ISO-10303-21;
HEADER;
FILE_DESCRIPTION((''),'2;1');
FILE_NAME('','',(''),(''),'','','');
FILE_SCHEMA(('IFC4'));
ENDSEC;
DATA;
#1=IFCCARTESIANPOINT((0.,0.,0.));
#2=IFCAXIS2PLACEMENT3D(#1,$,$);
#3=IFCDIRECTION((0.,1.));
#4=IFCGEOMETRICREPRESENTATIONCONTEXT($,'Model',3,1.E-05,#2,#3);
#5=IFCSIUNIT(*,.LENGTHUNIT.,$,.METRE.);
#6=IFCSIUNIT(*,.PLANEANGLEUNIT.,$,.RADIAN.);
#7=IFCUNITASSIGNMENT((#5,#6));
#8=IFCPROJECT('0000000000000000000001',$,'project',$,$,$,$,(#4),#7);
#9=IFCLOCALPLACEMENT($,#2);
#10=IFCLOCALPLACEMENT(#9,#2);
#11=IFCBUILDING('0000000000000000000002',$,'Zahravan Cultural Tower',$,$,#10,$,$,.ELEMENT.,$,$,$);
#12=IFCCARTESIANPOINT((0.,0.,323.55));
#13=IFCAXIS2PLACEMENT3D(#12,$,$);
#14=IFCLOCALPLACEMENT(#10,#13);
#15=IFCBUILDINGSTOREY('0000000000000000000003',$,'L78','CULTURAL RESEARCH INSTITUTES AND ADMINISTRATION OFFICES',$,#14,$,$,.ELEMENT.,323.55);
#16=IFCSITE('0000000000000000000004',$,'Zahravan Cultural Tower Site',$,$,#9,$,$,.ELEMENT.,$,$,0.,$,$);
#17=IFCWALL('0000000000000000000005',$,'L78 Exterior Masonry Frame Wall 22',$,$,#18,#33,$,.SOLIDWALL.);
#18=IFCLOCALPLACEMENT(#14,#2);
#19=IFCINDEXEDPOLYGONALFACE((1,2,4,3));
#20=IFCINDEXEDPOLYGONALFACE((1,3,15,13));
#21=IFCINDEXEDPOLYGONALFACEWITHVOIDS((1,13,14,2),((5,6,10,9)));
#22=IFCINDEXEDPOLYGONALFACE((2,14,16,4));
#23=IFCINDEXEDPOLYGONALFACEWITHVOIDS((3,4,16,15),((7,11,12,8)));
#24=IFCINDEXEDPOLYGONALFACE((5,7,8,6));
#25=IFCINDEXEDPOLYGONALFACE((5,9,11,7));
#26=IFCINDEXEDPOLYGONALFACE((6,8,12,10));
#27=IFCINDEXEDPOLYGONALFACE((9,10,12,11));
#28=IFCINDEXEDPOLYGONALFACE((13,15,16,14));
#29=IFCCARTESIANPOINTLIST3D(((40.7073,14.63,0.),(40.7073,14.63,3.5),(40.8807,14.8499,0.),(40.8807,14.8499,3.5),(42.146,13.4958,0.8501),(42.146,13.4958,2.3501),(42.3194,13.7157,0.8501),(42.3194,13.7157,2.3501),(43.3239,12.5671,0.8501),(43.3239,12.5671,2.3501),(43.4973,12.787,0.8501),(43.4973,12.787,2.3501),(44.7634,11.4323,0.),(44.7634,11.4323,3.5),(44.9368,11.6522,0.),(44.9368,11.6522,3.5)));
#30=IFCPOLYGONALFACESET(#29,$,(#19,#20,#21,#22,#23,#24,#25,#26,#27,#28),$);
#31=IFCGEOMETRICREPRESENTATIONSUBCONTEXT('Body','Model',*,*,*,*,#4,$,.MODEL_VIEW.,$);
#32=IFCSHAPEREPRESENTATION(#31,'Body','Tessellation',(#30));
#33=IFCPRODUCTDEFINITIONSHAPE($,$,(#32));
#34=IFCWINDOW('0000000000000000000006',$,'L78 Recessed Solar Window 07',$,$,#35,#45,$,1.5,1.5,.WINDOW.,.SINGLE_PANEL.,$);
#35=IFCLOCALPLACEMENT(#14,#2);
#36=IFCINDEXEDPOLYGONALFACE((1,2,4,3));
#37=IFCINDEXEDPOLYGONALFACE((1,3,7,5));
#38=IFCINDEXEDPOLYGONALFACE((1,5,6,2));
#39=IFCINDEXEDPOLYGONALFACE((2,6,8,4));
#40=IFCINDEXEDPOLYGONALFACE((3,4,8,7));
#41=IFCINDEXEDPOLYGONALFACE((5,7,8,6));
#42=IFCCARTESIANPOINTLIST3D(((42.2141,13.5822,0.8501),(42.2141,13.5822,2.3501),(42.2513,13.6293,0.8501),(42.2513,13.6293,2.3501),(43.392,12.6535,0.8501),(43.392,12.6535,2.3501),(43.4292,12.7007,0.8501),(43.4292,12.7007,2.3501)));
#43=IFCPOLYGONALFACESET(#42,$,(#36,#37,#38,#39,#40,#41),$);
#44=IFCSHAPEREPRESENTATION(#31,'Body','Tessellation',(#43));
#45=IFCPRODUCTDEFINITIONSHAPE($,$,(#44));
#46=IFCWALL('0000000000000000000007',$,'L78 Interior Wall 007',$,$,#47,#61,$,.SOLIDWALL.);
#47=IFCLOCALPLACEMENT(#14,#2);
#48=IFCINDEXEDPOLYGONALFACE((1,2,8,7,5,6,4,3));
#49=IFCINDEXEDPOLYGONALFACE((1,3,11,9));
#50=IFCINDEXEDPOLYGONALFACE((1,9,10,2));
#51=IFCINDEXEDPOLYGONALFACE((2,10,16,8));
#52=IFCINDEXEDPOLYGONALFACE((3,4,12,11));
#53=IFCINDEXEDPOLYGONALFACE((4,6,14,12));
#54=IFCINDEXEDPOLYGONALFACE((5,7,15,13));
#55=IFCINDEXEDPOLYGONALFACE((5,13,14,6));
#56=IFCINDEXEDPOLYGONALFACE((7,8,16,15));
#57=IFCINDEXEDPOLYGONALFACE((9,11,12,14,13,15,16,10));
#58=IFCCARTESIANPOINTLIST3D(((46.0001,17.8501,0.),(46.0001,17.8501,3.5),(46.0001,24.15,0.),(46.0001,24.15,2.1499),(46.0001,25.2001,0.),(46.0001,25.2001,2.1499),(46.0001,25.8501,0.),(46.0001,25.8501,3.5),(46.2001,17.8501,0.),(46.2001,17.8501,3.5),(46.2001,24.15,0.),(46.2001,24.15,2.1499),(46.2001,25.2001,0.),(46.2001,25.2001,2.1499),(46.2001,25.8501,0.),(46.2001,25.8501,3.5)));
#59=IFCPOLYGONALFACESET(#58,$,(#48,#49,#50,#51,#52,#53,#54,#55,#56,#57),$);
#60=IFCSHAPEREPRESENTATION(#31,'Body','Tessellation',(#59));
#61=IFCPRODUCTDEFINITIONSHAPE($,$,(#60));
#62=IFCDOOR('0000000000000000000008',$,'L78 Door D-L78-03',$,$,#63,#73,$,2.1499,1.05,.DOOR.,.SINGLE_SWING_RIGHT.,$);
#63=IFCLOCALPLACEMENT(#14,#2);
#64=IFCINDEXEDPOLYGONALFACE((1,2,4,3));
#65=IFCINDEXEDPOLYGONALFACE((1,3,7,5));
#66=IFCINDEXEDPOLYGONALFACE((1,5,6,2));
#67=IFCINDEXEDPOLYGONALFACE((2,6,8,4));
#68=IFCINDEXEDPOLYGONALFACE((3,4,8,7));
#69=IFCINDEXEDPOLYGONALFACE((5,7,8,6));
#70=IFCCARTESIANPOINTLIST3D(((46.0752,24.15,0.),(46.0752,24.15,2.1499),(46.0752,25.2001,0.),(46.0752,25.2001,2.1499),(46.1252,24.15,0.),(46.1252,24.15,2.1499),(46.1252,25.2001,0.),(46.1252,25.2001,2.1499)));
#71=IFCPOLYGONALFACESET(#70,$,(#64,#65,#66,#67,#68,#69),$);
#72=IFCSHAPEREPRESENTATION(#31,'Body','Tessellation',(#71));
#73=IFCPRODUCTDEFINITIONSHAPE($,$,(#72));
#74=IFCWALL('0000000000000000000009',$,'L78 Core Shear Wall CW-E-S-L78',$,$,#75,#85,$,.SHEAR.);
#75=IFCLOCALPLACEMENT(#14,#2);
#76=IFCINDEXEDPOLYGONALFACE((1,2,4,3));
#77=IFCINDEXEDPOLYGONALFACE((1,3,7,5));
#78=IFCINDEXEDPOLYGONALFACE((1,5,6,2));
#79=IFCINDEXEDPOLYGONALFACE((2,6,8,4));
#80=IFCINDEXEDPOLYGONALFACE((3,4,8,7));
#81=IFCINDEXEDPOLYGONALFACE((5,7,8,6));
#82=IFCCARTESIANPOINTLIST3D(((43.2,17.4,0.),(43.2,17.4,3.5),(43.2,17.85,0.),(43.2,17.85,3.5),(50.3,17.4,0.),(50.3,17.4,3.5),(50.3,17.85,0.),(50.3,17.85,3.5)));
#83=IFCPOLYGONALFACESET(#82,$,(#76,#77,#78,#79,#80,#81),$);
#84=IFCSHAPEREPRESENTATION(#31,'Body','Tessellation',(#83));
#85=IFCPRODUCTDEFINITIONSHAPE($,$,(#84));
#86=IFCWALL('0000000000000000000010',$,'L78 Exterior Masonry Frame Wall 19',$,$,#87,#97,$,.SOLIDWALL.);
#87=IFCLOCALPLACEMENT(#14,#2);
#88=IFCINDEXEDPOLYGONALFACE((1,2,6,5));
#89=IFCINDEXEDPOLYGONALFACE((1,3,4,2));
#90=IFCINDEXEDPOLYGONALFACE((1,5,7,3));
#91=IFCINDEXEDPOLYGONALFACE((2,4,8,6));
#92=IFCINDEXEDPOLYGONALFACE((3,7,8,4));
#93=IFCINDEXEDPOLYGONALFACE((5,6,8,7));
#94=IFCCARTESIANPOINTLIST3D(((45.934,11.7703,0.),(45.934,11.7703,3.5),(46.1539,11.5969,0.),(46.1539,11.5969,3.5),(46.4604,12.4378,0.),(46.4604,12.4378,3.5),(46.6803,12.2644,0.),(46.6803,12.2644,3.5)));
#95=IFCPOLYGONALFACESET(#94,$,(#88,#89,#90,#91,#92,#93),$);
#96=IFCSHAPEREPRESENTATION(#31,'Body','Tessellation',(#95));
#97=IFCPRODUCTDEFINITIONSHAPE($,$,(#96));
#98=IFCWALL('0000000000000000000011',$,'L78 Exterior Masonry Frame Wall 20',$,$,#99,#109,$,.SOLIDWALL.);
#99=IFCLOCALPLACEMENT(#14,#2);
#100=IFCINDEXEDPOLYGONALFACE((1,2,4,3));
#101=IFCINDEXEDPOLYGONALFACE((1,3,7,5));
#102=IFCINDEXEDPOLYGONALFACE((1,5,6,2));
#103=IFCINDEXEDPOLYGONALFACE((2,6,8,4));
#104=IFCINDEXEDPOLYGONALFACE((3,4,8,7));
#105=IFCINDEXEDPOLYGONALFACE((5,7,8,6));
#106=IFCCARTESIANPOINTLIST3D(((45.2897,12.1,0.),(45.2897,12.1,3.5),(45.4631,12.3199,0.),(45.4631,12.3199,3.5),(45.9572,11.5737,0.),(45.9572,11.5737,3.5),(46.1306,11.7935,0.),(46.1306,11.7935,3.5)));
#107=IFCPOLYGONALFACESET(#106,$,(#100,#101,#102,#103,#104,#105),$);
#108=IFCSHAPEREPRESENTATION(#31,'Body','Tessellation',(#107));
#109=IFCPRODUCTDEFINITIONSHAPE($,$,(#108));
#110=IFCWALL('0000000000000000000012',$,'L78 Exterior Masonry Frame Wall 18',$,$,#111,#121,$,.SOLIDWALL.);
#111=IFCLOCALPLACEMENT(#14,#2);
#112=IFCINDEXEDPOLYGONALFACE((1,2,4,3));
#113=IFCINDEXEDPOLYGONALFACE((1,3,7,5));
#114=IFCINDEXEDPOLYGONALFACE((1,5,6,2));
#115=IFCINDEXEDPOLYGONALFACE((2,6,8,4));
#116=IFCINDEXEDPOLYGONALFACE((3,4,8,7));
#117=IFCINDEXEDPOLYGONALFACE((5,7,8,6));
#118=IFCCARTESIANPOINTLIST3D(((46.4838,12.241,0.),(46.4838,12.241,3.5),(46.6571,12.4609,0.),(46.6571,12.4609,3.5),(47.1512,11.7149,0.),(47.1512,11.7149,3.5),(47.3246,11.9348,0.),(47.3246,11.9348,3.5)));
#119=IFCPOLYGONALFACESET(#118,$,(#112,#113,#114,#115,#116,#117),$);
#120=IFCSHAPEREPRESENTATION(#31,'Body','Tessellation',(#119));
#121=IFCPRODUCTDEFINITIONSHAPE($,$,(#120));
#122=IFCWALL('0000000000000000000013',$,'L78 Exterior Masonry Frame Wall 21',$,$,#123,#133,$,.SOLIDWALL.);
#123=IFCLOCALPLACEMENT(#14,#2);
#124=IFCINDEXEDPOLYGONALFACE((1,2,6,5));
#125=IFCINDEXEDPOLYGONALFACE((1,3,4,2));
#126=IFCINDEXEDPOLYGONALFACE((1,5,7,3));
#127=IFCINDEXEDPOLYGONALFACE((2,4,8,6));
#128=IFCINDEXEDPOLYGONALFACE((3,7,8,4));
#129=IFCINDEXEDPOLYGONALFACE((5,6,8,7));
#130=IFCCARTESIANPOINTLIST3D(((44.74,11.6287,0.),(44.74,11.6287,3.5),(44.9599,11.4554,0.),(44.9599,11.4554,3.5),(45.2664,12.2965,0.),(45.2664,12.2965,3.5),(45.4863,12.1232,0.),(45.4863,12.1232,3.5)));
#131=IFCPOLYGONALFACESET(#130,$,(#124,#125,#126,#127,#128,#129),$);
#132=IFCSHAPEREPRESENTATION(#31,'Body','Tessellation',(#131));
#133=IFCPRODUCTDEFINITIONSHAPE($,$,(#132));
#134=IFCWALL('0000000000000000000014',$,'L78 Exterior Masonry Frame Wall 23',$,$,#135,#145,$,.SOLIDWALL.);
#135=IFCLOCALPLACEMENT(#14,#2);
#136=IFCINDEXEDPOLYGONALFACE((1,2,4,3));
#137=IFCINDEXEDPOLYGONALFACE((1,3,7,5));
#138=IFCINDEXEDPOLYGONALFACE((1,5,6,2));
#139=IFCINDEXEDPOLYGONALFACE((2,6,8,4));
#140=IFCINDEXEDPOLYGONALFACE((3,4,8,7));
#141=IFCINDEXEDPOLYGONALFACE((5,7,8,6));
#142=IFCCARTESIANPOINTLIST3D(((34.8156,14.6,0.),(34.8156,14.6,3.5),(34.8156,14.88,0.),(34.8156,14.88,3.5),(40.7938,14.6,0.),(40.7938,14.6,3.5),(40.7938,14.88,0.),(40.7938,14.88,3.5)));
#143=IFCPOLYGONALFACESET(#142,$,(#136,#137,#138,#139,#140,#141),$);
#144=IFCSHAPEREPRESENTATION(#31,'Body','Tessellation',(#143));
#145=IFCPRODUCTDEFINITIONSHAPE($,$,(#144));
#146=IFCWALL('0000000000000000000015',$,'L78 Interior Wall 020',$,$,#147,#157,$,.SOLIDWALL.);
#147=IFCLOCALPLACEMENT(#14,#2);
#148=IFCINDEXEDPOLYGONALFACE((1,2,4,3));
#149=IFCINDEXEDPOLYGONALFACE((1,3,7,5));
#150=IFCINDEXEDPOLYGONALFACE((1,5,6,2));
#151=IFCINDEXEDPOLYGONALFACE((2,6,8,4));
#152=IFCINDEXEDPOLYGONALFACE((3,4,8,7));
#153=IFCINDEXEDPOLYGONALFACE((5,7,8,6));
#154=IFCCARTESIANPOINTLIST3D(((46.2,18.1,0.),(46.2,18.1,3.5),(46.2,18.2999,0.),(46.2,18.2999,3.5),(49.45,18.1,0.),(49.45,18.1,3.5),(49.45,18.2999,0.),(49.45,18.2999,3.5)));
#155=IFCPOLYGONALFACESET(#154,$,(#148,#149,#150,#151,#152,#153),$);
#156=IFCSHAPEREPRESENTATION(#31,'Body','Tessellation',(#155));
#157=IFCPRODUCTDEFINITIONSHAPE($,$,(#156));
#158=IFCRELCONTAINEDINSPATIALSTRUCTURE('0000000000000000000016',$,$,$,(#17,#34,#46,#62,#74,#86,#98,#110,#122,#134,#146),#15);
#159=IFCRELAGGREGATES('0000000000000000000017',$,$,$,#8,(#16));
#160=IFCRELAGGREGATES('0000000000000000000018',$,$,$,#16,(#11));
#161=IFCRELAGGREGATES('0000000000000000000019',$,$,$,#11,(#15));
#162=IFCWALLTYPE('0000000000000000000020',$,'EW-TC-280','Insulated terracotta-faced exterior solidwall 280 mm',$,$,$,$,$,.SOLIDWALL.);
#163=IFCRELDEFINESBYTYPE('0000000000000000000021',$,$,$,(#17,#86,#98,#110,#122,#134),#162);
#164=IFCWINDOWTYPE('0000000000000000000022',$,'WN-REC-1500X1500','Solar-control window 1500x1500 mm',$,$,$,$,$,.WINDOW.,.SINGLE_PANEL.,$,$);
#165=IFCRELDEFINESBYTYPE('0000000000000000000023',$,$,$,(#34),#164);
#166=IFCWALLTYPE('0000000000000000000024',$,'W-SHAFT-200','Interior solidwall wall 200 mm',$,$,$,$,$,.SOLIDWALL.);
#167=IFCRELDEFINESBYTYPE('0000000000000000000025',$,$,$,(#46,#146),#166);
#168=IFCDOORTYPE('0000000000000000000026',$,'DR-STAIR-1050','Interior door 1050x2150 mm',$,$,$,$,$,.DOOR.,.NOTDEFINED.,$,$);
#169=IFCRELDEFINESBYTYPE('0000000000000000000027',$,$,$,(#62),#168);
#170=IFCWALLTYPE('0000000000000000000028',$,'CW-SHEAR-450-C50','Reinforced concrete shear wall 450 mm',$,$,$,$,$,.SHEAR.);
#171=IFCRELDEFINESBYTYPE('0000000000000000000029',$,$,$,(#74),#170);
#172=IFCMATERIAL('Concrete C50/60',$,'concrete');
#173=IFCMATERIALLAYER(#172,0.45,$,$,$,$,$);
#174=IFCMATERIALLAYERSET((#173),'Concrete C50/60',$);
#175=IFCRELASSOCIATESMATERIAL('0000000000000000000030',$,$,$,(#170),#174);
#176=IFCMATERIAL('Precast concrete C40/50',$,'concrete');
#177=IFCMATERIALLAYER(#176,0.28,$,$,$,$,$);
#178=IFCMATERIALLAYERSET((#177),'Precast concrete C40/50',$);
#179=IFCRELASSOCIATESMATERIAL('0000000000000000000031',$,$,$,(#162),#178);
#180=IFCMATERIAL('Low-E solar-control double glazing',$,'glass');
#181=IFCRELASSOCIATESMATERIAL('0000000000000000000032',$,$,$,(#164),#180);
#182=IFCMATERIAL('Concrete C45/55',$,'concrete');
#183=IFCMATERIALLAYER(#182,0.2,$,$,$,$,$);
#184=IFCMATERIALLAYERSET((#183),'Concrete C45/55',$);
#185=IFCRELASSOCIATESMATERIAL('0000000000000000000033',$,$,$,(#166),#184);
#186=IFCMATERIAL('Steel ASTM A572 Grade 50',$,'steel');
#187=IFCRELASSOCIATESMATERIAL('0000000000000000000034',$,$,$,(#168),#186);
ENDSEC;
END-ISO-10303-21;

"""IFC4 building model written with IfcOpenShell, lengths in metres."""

from ifc_helpers import new_model, si_unit, direction, frame, frame_2d, origin, place, context, subcontext, project, spatial, rectangle, extrude, source, transform, mapped, material, layer, layer_set, type_object, element, fill, save


model = new_model("IFC4")

# Units and contexts
model_context = context("Model", 3, precision=1e-05, world=origin(), true_north=direction((0.0, 1.0)))
body_context = subcontext(model_context, "Body", "Model", "MODEL_VIEW")
ifc_project = project(units=[si_unit("LENGTHUNIT", "METRE"), si_unit("PLANEANGLEUNIT", "RADIAN")], contexts=[model_context])

# Site, building, storey
site_placement = place(None, origin())
site = spatial("IfcSite", under=ifc_project, at=site_placement, Name="Zahravan Cultural Tower Site", CompositionType="ELEMENT", RefElevation=0.0)
building_placement = place(site_placement, origin())
building = spatial("IfcBuilding", under=site, at=building_placement, Name="Zahravan Cultural Tower", CompositionType="ELEMENT")
storey_placement = place(building_placement, frame((0.0, 0.0, 323.55)))
storey = spatial("IfcBuildingStorey", under=building, at=storey_placement, Name="L78", Description="CULTURAL RESEARCH INSTITUTES AND ADMINISTRATION OFFICES", CompositionType="ELEMENT", Elevation=323.55)

# Shared definitions
ifc_material_1 = material(Name="Concrete C50/60", Category="concrete")

# Shared definitions
ifc_layer_1 = layer(ifc_material_1, 0.45)
ifc_layer_set_1 = layer_set([ifc_layer_1], Name="Concrete C50/60")
wall_type_1 = type_object("IfcWallType", Name="CW-SHEAR-450-C50", Description="Reinforced concrete shear wall 450 mm", PredefinedType="SHEAR", material=ifc_layer_set_1)
ifc_material_2 = material(Name="Steel ASTM A572 Grade 50", Category="steel")

# Wall, opening, window
ifc_material_3 = material(Name="Precast concrete C40/50", Category="concrete")
ifc_layer_2 = layer(ifc_material_3, 0.28)
ifc_layer_set_2 = layer_set([ifc_layer_2], Name="Precast concrete C40/50")
wall_type_2 = type_object("IfcWallType", Name="EW-TC-280", Description="Insulated terracotta-faced exterior solidwall 280 mm", PredefinedType="SOLIDWALL", material=ifc_layer_set_2)
wall_1_placement = place(storey_placement, frame((44.8501, 11.5422, 0.0), z_axis=(0.0, 0.0, 1.0), x_axis=(-0.785304, 0.619111, 0.0)))
wall_1 = element("IfcWall", 1, at=wall_1_placement, inside=storey, type_object=wall_type_2, Name="L78 Exterior Masonry Frame Wall 22", PredefinedType="SOLIDWALL", context=body_context, shape_type="SweptSolid", body=[
    extrude(rectangle(XDim=5.165, YDim=0.28, at=frame_2d((2.5825, 0.0))), origin(), (0.0, 0.0, 1.0), 3.5),
])
opening_1_placement = place(wall_1_placement, frame((1.833, 0.0, 0.8501)))
opening_1 = element("IfcOpeningElement", 2, at=opening_1_placement, cuts=wall_1, PredefinedType="OPENING", context=body_context, shape_type="SweptSolid", body=[
    extrude(rectangle(XDim=1.5, YDim=1.5, at=frame_2d((0.75, 0.75))), frame((0.0, 0.1499, 0.0), z_axis=(0.0, -1.0, 0.0), x_axis=(1.0, 0.0, 0.0)), (0.0, 0.0, 1.0), 0.3),
])
ifc_material_4 = material(Name="Low-E solar-control double glazing", Category="glass")
window_type = type_object("IfcWindowType", Name="WN-REC-1500X1500", Description="Solar-control window 1500x1500 mm", PartitioningType="SINGLE_PANEL", PredefinedType="WINDOW", material=ifc_material_4)
shared_shape_1 = source(origin(), body_context, "Body", "SweptSolid", [
    extrude(rectangle(XDim=1.5, YDim=1.5, at=frame_2d((0.75, 0.75))), frame((0.0, 0.03, 0.0), z_axis=(0.0, -1.0, 0.0), x_axis=(1.0, 0.0, 0.0)), (0.0, 0.0, 1.0), 0.0601),
])
window_placement = place(opening_1_placement, origin())
window = element("IfcWindow", 3, at=window_placement, inside=storey, type_object=window_type, Name="L78 Recessed Solar Window 07", OverallHeight=1.5, OverallWidth=1.5, PartitioningType="SINGLE_PANEL", PredefinedType="WINDOW", context=body_context, shape_type="MappedRepresentation", body=[
    mapped(shared_shape_1, transform((0.0, 0.0, 0.0), x_axis=(1.0, 0.0, 0.0), y_axis=(0.0, 1.0, 0.0), z_axis=(0.0, 0.0, 1.0), scale=1.0)),
])
fill(opening_1, window)

# Wall, opening, door
ifc_material_5 = material(Name="Concrete C45/55", Category="concrete")
ifc_layer_3 = layer(ifc_material_5, 0.2)
ifc_layer_set_3 = layer_set([ifc_layer_3], Name="Concrete C45/55")
wall_type_3 = type_object("IfcWallType", Name="W-SHAFT-200", Description="Interior solidwall wall 200 mm", PredefinedType="SOLIDWALL", material=ifc_layer_set_3)
wall_2_placement = place(storey_placement, frame((46.1001, 17.8501, 0.0), z_axis=(0.0, 0.0, 1.0), x_axis=(0.0, 1.0, 0.0)))
wall_2 = element("IfcWall", 4, at=wall_2_placement, inside=storey, type_object=wall_type_3, Name="L78 Interior Wall 007", PredefinedType="SOLIDWALL", context=body_context, shape_type="SweptSolid", body=[
    extrude(rectangle(XDim=8.0, YDim=0.2, at=frame_2d((4.0, 0.0))), origin(), (0.0, 0.0, 1.0), 3.5),
])
opening_2_placement = place(wall_2_placement, frame((6.3, 0.0, 0.0)))
opening_2 = element("IfcOpeningElement", 5, at=opening_2_placement, cuts=wall_2, PredefinedType="OPENING", context=body_context, shape_type="SweptSolid", body=[
    extrude(rectangle(XDim=1.05, YDim=2.1499, at=frame_2d((0.5249, 1.075))), frame((0.0, 0.1099, 0.0), z_axis=(0.0, -1.0, 0.0), x_axis=(1.0, 0.0, 0.0)), (0.0, 0.0, 1.0), 0.22),
])
door_type_1 = type_object("IfcDoorType", Name="DR-STAIR-1050", Description="Interior door 1050x2150 mm", OperationType="NOTDEFINED", PredefinedType="DOOR", material=ifc_material_2)
shared_shape_2 = source(origin(), body_context, "Body", "SweptSolid", [
    extrude(rectangle(XDim=1.05, YDim=2.1499, at=frame_2d((0.5249, 1.075))), frame((0.0, 0.0249, 0.0), z_axis=(0.0, -1.0, 0.0), x_axis=(1.0, 0.0, 0.0)), (0.0, 0.0, 1.0), 0.05),
])
door_1_placement = place(opening_2_placement, origin())
door_1 = element("IfcDoor", 6, at=door_1_placement, inside=storey, type_object=door_type_1, Name="L78 Door D-L78-03", OperationType="SINGLE_SWING_RIGHT", OverallHeight=2.1499, OverallWidth=1.05, PredefinedType="DOOR", context=body_context, shape_type="MappedRepresentation", body=[
    mapped(shared_shape_2, transform((0.0, 0.0, 0.0), x_axis=(1.0, 0.0, 0.0), y_axis=(0.0, 1.0, 0.0), z_axis=(0.0, 0.0, 1.0), scale=1.0)),
])
fill(opening_2, door_1)

# Walls
shared_shape_3 = source(origin(), body_context, "Body", "SweptSolid", [
    extrude(rectangle(XDim=7.1001, YDim=0.45, at=frame_2d((3.55, 0.0))), origin(), (0.0, 0.0, 1.0), 3.5),
])
wall_3_placement = place(storey_placement, frame((43.2, 17.625, 0.0), z_axis=(0.0, 0.0, 1.0), x_axis=(1.0, 0.0, 0.0)))
element("IfcWall", 7, at=wall_3_placement, inside=storey, type_object=wall_type_1, Name="L78 Core Shear Wall CW-E-S-L78", PredefinedType="SHEAR", context=body_context, shape_type="MappedRepresentation", body=[
    mapped(shared_shape_3, transform((0.0, 0.0, 0.0), x_axis=(1.0, 0.0, 0.0), y_axis=(0.0, 1.0, 0.0), z_axis=(0.0, 0.0, 1.0), scale=1.0)),
])
shared_shape_4 = source(origin(), body_context, "Body", "SweptSolid", [
    extrude(rectangle(XDim=0.8501, YDim=0.28, at=frame_2d((0.425, 0.0))), origin(), (0.0, 0.0, 1.0), 3.5),
])
for number, where, z_axis, x_axis, name in (
    (8, (46.5703, 12.3511, 0.0), (0.0, 0.0, 1.0), (-0.619216, -0.785221, 0.0), "L78 Exterior Masonry Frame Wall 19"),
    (9, (46.0439, 11.6836, 0.0), (0.0, 0.0, 1.0), (-0.785221, 0.619216, 0.0), "L78 Exterior Masonry Frame Wall 20"),
):
    element("IfcWall", number, at=place(storey_placement, frame(where, z_axis=z_axis, x_axis=x_axis)), inside=storey, type_object=wall_type_2, Name=name, PredefinedType="SOLIDWALL", context=body_context, shape_type="MappedRepresentation", body=[
        mapped(shared_shape_4, transform((0.0, 0.0, 0.0), x_axis=(1.0, 0.0, 0.0), y_axis=(0.0, 1.0, 0.0), z_axis=(0.0, 0.0, 1.0), scale=1.0)),
    ])
shared_shape_5 = source(origin(), body_context, "Body", "SweptSolid", [
    extrude(rectangle(XDim=0.8499, YDim=0.28, at=frame_2d((0.4248, 0.0))), origin(), (0.0, 0.0, 1.0), 3.5),
])
wall_4_placement = place(storey_placement, frame((47.2378, 11.825, 0.0), z_axis=(0.0, 0.0, 1.0), x_axis=(-0.78536, 0.619039, 0.0)))
element("IfcWall", 10, at=wall_4_placement, inside=storey, type_object=wall_type_2, Name="L78 Exterior Masonry Frame Wall 18", PredefinedType="SOLIDWALL", context=body_context, shape_type="MappedRepresentation", body=[
    mapped(shared_shape_5, transform((0.0, 0.0, 0.0), x_axis=(1.0, 0.0, 0.0), y_axis=(0.0, 1.0, 0.0), z_axis=(0.0, 0.0, 1.0), scale=1.0)),
])
shared_shape_6 = source(origin(), body_context, "Body", "SweptSolid", [
    extrude(rectangle(XDim=0.8503, YDim=0.28, at=frame_2d((0.4253, 0.0))), origin(), (0.0, 0.0, 1.0), 3.5),
])
wall_5_placement = place(storey_placement, frame((45.3765, 12.21, 0.0), z_axis=(0.0, 0.0, 1.0), x_axis=(-0.619076, -0.785331, 0.0)))
element("IfcWall", 11, at=wall_5_placement, inside=storey, type_object=wall_type_2, Name="L78 Exterior Masonry Frame Wall 21", PredefinedType="SOLIDWALL", context=body_context, shape_type="MappedRepresentation", body=[
    mapped(shared_shape_6, transform((0.0, 0.0, 0.0), x_axis=(1.0, 0.0, 0.0), y_axis=(0.0, 1.0, 0.0), z_axis=(0.0, 0.0, 1.0), scale=1.0)),
])
shared_shape_7 = source(origin(), body_context, "Body", "SweptSolid", [
    extrude(rectangle(XDim=5.9783, YDim=0.28, at=frame_2d((2.9893, 0.0))), origin(), (0.0, 0.0, 1.0), 3.5),
])
wall_6_placement = place(storey_placement, frame((40.7939, 14.74, 0.0), z_axis=(0.0, 0.0, 1.0), x_axis=(-1.0, 0.0, 0.0)))
element("IfcWall", 12, at=wall_6_placement, inside=storey, type_object=wall_type_2, Name="L78 Exterior Masonry Frame Wall 23", PredefinedType="SOLIDWALL", context=body_context, shape_type="MappedRepresentation", body=[
    mapped(shared_shape_7, transform((0.0, 0.0, 0.0), x_axis=(1.0, 0.0, 0.0), y_axis=(0.0, 1.0, 0.0), z_axis=(0.0, 0.0, 1.0), scale=1.0)),
])
shared_shape_8 = source(origin(), body_context, "Body", "SweptSolid", [
    extrude(rectangle(XDim=3.25, YDim=0.2, at=frame_2d((1.625, 0.0))), origin(), (0.0, 0.0, 1.0), 3.5),
])
wall_7_placement = place(storey_placement, frame((46.2, 18.2, 0.0), z_axis=(0.0, 0.0, 1.0), x_axis=(1.0, 0.0, 0.0)))
element("IfcWall", 13, at=wall_7_placement, inside=storey, type_object=wall_type_3, Name="L78 Interior Wall 020", PredefinedType="SOLIDWALL", context=body_context, shape_type="MappedRepresentation", body=[
    mapped(shared_shape_8, transform((0.0, 0.0, 0.0), x_axis=(1.0, 0.0, 0.0), y_axis=(0.0, 1.0, 0.0), z_axis=(0.0, 0.0, 1.0), scale=1.0)),
])

save(model, "model.ifc")
